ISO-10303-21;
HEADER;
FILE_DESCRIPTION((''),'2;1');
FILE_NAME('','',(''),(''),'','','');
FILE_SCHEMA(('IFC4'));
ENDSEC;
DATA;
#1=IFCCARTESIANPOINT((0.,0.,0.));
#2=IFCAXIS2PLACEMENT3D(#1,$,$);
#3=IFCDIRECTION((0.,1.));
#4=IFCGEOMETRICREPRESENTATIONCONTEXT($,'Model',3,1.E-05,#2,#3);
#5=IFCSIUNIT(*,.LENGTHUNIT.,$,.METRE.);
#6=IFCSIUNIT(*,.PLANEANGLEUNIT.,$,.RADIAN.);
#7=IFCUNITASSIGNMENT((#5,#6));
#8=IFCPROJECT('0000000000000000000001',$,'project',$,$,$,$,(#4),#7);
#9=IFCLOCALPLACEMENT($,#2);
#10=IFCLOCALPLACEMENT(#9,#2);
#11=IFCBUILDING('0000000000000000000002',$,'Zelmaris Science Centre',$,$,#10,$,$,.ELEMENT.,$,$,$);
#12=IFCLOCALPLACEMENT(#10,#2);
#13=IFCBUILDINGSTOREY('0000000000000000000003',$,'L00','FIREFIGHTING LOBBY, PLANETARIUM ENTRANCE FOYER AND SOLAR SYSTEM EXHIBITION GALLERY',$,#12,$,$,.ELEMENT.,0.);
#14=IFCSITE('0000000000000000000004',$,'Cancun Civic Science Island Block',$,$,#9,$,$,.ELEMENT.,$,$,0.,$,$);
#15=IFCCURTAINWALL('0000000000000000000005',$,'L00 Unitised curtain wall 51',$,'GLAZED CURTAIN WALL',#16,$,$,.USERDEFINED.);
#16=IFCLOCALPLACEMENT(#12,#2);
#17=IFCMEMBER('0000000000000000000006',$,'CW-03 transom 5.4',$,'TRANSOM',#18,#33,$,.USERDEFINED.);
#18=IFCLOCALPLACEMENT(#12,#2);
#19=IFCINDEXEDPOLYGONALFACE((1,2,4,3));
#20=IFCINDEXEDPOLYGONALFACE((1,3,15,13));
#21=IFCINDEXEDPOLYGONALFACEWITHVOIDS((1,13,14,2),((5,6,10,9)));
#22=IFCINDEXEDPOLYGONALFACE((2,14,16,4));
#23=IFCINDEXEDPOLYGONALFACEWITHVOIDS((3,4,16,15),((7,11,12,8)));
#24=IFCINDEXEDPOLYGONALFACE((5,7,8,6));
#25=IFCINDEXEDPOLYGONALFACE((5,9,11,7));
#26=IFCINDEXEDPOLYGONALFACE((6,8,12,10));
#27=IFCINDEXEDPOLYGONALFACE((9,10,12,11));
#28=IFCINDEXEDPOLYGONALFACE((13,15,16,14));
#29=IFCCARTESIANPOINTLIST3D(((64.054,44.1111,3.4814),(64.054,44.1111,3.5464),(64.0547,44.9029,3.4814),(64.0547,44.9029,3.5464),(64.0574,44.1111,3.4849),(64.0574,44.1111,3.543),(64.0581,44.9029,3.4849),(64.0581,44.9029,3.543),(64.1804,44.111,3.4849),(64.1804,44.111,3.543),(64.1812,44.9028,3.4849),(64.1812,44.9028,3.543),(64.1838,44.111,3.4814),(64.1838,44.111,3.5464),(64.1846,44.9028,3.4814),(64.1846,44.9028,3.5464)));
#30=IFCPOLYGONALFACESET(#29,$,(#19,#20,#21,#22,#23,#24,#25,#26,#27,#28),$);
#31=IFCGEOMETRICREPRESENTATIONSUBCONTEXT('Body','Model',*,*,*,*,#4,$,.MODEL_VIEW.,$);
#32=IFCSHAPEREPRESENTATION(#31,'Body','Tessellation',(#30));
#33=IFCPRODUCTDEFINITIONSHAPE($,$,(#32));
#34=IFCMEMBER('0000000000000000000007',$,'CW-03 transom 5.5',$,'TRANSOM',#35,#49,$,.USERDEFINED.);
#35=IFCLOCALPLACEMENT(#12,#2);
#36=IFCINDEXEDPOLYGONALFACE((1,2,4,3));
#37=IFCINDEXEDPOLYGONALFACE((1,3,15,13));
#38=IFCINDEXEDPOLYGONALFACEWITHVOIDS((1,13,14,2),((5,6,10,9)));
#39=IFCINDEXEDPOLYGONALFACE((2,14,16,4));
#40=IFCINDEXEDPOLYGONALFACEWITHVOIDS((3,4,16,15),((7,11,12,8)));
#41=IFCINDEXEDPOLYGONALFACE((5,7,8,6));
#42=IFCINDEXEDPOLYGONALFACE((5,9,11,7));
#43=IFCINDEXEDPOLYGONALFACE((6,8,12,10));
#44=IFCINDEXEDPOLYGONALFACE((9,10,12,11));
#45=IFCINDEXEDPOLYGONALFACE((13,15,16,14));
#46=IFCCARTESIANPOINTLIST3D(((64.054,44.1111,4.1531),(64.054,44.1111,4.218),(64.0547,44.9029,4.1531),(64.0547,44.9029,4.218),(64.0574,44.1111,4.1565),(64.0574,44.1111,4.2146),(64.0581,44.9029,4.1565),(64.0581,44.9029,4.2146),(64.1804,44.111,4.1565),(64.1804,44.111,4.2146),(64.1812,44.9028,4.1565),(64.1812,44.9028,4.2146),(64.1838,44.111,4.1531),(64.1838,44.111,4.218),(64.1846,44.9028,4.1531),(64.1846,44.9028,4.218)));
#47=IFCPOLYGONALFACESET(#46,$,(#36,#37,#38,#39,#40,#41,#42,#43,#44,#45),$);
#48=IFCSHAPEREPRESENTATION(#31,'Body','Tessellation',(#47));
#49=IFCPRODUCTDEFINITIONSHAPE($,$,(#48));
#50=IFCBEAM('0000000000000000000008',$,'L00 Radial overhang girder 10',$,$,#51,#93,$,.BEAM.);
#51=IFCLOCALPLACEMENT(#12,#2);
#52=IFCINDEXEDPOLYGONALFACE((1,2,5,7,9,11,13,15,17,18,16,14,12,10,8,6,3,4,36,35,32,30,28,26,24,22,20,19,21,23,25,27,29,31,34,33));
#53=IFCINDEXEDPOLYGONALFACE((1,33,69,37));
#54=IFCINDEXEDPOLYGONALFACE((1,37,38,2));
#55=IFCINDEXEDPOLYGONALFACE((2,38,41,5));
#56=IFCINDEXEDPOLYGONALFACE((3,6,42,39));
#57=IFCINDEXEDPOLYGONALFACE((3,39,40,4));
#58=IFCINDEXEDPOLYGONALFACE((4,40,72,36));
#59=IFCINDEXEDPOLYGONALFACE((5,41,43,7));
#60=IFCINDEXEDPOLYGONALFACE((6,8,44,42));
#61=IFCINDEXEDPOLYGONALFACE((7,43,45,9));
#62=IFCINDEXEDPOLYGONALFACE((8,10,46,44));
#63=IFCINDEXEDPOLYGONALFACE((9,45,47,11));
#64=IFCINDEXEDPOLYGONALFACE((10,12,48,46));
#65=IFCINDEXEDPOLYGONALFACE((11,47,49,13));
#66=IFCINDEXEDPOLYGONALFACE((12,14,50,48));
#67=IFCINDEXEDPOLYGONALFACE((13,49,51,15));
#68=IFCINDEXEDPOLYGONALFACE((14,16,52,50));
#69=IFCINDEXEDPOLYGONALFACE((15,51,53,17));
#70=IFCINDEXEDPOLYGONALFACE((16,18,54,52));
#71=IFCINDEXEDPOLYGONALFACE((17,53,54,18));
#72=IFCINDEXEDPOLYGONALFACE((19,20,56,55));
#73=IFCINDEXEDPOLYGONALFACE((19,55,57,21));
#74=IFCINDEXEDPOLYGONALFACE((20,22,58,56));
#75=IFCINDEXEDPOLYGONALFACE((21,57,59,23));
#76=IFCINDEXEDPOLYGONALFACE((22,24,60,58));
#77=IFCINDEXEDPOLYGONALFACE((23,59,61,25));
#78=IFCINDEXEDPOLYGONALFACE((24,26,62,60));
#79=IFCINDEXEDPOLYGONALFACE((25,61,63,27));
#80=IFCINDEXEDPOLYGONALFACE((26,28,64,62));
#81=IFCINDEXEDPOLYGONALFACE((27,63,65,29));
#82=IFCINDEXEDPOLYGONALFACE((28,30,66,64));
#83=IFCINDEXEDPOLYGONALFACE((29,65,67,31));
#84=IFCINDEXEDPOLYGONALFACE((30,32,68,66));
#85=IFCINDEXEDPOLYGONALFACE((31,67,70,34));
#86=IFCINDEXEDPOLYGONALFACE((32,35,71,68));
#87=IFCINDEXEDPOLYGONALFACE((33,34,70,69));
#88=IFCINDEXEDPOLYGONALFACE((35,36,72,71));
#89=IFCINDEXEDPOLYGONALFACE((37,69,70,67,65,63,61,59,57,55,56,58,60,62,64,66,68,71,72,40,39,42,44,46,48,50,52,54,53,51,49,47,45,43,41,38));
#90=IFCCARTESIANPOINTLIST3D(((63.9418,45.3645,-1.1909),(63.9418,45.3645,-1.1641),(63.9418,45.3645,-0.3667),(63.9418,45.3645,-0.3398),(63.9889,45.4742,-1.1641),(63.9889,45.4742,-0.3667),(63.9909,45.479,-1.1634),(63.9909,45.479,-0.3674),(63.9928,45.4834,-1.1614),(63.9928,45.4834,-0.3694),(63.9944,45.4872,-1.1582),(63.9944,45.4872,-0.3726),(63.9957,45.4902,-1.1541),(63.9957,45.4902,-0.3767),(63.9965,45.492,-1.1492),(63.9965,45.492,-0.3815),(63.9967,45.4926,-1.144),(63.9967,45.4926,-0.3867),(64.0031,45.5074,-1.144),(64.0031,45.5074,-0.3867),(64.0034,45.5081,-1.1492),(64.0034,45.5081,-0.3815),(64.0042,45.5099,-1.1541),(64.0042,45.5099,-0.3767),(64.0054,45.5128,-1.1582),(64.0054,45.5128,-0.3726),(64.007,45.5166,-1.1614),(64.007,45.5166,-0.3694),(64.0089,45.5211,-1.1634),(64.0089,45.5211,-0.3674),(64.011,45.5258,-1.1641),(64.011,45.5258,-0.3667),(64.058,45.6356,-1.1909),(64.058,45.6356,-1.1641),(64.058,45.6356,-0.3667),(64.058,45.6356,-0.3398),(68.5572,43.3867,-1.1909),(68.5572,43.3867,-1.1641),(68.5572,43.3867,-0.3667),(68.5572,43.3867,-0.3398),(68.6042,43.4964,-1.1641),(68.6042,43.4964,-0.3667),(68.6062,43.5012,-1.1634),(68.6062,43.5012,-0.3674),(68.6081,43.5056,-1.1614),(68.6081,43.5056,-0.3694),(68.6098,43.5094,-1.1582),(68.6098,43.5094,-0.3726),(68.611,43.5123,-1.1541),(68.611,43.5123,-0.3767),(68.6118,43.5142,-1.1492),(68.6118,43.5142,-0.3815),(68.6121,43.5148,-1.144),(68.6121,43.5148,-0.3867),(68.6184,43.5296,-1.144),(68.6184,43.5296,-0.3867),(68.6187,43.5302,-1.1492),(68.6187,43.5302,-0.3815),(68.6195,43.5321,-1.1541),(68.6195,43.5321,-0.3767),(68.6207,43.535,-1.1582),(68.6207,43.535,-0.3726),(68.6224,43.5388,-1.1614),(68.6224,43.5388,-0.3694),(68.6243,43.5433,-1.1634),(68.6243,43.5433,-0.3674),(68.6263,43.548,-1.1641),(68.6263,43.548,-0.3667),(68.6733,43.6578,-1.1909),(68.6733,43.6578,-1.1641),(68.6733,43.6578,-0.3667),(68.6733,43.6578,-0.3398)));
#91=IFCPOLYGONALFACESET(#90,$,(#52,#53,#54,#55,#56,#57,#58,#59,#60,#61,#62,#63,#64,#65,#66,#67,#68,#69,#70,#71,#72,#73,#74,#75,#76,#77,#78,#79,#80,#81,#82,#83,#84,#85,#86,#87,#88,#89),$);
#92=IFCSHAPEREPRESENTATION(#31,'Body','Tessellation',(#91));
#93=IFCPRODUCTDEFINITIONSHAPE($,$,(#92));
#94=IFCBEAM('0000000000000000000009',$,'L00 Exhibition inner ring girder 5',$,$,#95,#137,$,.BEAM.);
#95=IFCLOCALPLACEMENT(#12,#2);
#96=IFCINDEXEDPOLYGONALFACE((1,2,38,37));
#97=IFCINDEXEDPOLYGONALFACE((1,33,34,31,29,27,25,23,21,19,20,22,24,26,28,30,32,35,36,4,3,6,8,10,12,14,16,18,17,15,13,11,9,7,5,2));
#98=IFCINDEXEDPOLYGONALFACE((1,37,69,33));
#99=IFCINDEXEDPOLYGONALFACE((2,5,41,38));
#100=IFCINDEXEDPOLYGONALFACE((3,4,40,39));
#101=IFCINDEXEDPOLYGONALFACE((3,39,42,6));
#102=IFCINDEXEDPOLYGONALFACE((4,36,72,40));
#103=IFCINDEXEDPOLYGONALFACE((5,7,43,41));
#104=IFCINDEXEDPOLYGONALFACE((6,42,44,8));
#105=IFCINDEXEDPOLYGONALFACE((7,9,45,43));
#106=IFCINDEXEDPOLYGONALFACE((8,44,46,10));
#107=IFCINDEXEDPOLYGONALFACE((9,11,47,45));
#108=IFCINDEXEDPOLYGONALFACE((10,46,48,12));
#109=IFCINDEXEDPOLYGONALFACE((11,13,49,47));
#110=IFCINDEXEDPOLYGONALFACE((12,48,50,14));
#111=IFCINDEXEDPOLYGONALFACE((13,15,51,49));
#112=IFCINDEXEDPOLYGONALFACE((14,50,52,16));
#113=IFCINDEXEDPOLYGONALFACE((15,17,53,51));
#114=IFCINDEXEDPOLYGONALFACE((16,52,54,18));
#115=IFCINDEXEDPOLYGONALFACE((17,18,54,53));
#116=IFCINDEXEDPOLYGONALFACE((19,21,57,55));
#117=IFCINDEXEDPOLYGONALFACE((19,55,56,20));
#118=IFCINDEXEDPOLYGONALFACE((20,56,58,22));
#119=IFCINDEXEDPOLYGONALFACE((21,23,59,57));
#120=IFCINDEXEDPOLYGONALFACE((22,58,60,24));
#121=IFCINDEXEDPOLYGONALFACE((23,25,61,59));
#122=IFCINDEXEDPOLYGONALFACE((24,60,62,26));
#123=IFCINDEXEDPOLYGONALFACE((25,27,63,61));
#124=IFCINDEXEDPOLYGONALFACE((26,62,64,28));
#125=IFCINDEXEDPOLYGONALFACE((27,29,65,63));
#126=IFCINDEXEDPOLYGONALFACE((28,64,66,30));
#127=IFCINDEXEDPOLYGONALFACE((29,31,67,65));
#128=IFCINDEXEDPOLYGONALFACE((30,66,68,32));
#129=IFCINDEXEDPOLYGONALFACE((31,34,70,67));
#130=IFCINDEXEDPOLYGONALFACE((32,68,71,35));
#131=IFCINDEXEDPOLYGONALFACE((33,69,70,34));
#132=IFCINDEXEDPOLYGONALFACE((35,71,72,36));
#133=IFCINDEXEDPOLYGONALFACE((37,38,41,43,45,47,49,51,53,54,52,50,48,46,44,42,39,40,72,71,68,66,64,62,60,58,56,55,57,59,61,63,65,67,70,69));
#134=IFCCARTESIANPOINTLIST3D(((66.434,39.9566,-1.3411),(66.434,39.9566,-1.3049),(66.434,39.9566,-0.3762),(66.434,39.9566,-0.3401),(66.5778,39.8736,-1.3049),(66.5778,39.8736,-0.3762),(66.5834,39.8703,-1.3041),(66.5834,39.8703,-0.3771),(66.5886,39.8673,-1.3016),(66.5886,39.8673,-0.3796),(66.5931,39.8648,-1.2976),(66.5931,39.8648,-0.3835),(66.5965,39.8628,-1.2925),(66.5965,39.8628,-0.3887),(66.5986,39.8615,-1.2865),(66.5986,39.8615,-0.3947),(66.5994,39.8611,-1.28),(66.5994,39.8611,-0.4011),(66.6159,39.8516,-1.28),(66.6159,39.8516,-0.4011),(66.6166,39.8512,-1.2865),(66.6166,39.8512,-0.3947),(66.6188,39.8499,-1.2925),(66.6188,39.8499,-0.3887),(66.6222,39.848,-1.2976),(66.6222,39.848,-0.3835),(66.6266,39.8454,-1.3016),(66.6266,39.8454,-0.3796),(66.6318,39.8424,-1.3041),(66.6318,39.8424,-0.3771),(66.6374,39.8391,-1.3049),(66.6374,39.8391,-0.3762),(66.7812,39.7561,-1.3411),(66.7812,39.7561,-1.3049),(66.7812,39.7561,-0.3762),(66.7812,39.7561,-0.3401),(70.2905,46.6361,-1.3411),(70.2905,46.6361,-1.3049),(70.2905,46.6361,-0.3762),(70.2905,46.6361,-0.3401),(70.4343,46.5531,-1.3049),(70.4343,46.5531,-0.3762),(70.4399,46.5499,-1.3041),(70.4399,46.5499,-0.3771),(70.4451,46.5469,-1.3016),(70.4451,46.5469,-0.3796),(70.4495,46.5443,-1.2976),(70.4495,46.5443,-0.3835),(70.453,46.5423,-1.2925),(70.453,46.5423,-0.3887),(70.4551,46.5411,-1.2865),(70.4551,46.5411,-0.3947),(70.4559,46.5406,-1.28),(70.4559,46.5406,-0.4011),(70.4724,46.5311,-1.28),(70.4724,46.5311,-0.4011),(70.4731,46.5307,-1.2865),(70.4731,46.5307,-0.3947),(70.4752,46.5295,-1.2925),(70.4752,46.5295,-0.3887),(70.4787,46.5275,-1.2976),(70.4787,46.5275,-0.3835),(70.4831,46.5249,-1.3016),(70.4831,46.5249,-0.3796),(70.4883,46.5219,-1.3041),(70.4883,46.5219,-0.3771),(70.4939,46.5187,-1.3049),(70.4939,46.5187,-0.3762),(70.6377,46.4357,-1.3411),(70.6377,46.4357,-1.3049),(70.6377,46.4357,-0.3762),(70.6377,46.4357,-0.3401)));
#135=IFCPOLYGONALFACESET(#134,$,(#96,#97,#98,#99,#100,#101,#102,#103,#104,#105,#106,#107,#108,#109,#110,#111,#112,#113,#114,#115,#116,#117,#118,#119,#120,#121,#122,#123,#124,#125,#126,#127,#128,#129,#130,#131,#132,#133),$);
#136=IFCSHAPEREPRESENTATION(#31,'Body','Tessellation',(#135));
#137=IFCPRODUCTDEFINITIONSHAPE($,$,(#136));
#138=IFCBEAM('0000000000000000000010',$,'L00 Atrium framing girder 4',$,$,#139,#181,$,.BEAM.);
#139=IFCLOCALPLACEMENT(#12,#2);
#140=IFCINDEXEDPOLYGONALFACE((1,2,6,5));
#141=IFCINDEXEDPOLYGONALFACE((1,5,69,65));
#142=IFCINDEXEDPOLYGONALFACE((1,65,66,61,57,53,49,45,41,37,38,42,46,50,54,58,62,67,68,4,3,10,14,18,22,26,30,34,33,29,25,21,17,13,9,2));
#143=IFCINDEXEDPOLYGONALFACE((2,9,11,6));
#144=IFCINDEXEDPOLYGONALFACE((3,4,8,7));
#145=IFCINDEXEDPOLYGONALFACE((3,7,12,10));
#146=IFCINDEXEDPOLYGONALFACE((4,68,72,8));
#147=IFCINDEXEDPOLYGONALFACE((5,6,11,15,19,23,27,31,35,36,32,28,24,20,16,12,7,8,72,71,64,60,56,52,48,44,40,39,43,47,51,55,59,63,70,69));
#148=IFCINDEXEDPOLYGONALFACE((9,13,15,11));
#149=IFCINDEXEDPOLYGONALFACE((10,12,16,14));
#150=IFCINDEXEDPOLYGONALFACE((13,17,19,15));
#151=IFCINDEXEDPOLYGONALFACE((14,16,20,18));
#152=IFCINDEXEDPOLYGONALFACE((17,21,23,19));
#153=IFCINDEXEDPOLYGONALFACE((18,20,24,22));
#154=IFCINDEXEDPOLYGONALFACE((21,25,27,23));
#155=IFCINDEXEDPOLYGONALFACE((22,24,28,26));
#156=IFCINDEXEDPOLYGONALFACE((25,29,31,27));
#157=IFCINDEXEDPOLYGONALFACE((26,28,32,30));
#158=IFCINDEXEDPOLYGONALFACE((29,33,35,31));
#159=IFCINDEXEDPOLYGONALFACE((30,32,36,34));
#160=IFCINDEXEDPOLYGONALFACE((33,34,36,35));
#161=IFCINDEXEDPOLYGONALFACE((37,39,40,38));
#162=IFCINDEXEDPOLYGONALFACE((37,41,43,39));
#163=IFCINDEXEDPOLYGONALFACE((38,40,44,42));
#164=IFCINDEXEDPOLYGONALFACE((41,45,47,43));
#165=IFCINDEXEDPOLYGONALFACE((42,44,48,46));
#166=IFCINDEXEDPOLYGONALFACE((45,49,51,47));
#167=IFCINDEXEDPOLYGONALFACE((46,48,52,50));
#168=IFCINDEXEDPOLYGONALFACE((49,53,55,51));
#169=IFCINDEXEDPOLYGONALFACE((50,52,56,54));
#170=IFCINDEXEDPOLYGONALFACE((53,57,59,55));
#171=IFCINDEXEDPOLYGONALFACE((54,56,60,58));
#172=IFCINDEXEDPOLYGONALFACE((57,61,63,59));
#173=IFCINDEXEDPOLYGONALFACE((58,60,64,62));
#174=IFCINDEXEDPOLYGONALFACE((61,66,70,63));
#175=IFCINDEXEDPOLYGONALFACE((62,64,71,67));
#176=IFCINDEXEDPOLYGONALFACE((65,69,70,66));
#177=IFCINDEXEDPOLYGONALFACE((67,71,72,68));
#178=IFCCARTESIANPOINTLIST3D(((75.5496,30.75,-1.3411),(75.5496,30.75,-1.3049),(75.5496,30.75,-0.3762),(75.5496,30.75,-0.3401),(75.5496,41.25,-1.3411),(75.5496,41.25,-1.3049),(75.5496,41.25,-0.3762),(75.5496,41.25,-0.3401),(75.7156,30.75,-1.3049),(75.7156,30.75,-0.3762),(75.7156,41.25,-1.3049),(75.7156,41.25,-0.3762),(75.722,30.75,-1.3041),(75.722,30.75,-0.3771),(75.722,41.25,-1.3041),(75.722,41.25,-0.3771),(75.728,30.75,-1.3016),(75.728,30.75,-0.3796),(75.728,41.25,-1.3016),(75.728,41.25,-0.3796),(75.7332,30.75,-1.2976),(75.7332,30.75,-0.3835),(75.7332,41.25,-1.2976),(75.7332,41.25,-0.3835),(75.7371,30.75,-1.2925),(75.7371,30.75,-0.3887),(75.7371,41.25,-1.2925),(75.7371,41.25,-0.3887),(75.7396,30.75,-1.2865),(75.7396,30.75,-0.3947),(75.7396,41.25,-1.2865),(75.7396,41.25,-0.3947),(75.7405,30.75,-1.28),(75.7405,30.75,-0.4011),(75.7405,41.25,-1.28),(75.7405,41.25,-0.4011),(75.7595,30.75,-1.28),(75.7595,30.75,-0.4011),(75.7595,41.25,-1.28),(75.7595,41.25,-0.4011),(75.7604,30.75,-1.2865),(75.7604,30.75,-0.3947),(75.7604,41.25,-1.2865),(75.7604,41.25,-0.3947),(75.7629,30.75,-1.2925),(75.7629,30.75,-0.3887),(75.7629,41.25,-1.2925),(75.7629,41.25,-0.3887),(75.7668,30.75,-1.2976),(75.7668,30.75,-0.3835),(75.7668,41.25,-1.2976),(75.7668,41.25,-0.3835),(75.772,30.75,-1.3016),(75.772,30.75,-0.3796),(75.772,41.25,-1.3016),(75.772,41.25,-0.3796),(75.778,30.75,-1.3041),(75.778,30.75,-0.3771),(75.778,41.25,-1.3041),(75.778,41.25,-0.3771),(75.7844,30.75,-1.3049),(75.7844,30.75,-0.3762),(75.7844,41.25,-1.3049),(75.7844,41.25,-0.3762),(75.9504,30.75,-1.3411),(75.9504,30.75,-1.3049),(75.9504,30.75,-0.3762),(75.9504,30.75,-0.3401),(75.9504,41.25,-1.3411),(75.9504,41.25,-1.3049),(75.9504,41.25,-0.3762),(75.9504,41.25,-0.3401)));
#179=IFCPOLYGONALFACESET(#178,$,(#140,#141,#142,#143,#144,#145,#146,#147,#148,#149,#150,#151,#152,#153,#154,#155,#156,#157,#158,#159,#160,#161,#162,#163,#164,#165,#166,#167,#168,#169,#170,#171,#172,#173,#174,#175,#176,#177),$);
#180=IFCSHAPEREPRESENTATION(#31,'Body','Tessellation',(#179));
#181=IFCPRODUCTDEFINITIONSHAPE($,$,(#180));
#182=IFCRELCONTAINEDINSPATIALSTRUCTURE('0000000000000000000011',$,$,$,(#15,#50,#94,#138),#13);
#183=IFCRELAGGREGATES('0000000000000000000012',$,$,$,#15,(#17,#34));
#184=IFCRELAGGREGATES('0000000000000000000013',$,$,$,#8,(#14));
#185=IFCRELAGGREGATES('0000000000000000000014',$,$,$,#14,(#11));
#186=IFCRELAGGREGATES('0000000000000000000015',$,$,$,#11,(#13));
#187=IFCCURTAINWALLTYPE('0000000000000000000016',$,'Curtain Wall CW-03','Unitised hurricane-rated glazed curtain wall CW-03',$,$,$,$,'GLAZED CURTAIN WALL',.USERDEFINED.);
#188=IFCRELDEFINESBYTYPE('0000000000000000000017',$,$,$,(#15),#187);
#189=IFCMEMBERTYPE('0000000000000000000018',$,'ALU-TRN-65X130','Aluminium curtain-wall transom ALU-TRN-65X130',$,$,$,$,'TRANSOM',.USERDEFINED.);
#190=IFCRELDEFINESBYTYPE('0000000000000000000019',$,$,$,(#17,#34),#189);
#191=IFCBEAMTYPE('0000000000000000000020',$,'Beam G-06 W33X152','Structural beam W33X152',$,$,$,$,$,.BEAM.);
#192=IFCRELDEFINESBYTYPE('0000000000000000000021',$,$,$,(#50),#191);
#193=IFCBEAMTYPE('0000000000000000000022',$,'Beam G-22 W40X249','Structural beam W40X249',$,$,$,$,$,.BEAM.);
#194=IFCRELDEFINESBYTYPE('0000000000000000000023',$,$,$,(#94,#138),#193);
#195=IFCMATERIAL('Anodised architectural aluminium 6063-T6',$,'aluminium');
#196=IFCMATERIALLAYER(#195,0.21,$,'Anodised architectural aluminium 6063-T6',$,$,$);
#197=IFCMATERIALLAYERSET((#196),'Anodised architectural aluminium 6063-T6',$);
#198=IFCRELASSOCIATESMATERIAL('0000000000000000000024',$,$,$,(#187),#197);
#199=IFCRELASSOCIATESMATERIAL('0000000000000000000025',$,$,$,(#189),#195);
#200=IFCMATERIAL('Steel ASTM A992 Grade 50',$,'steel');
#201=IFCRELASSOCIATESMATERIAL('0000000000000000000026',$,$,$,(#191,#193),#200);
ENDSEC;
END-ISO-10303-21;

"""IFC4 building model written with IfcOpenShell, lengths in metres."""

from ifc_helpers import new_model, si_unit, direction, frame, origin, origin_2d, place, context, subcontext, project, spatial, hollow_rectangle, i_section, extrude, material, layer, layer_set, material_profile, profile_set, type_object, element, aggregate, save


model = new_model("IFC4")

# Units and contexts
model_context = context("Model", 3, precision=1e-05, world=origin(), true_north=direction((0.0, 1.0)))
body_context = subcontext(model_context, "Body", "Model", "MODEL_VIEW")
ifc_project = project(units=[si_unit("LENGTHUNIT", "METRE"), si_unit("PLANEANGLEUNIT", "RADIAN")], contexts=[model_context])

# Site, building, storey
site_placement = place(None, origin())
site = spatial("IfcSite", under=ifc_project, at=site_placement, Name="Cancun Civic Science Island Block", CompositionType="ELEMENT", RefElevation=0.0)
building_placement = place(site_placement, origin())
building = spatial("IfcBuilding", under=site, at=building_placement, Name="Zelmaris Science Centre", CompositionType="ELEMENT")
storey_placement = place(building_placement, origin())
storey = spatial("IfcBuildingStorey", under=building, at=storey_placement, Name="L00", Description="FIREFIGHTING LOBBY, PLANETARIUM ENTRANCE FOYER AND SOLAR SYSTEM EXHIBITION GALLERY", CompositionType="ELEMENT", Elevation=0.0)

# Shared definitions
ifc_material_1 = material(Name="Steel ASTM A992 Grade 50", Category="steel")

# Shared definitions
ifc_material_2 = material(Name="Anodised architectural aluminium 6063-T6", Category="aluminium")

# Curtain wall
ifc_layer_1 = layer(ifc_material_2, 0.21, Name="Anodised architectural aluminium 6063-T6")
ifc_layer_set_1 = layer_set([ifc_layer_1], Name="Anodised architectural aluminium 6063-T6")
curtain_wall_type_1 = type_object("IfcCurtainWallType", Name="Curtain Wall CW-03", Description="Unitised hurricane-rated glazed curtain wall CW-03", ElementType="GLAZED CURTAIN WALL", PredefinedType="USERDEFINED", material=ifc_layer_set_1)
curtain_wall_1_placement = place(storey_placement, origin())
curtain_wall_1 = element("IfcCurtainWall", 1, at=curtain_wall_1_placement, inside=storey, type_object=curtain_wall_type_1, Name="L00 Unitised curtain wall 51", ObjectType="GLAZED CURTAIN WALL", PredefinedType="USERDEFINED")

# Members
ifc_material_profile_1 = material_profile(ifc_material_2, hollow_rectangle(XDim=0.0649, YDim=0.1299, WallThickness=0.0034, at=origin_2d()), Name="ALU-TRN-65X130")
ifc_profile_set_1 = profile_set([ifc_material_profile_1], Name="Anodised architectural aluminium 6063-T6")
member_type_1 = type_object("IfcMemberType", Name="ALU-TRN-65X130", Description="Aluminium curtain-wall transom ALU-TRN-65X130", ElementType="TRANSOM", PredefinedType="USERDEFINED", material=ifc_profile_set_1)
member_1_placement = place(storey_placement, frame((64.1189, 44.1111, 3.5139), z_axis=(0.000925, 1.0, 0.0), x_axis=(0.0, 0.0, 1.0)))
member_1 = element("IfcMember", 2, at=member_1_placement, type_object=member_type_1, Name="CW-03 transom 5.4", ObjectType="TRANSOM", PredefinedType="USERDEFINED", context=body_context, shape_type="SweptSolid", body=[
    extrude(hollow_rectangle(XDim=0.0649, YDim=0.1299, WallThickness=0.0034, at=origin_2d()), origin(), (0.0, 0.0, 1.0), 0.7917),
])
member_2_placement = place(storey_placement, frame((64.1189, 44.1111, 4.1855), z_axis=(0.000925, 1.0, 0.0), x_axis=(0.0, 0.0, 1.0)))
member_2 = element("IfcMember", 3, at=member_2_placement, type_object=member_type_1, Name="CW-03 transom 5.5", ObjectType="TRANSOM", PredefinedType="USERDEFINED", context=body_context, shape_type="SweptSolid", body=[
    extrude(hollow_rectangle(XDim=0.0649, YDim=0.1299, WallThickness=0.0034, at=origin_2d()), origin(), (0.0, 0.0, 1.0), 0.7917),
])

# Beams
ifc_material_profile_2 = material_profile(ifc_material_1, i_section(OverallWidth=0.2949, OverallDepth=0.8511, WebThickness=0.0161, FlangeThickness=0.0269, FilletRadius=0.02, at=origin_2d()), Name="W33X152")
ifc_profile_set_2 = profile_set([ifc_material_profile_2], Name="Steel ASTM A992 Grade 50")
beam_type_1 = type_object("IfcBeamType", Name="Beam G-06 W33X152", Description="Structural beam W33X152", PredefinedType="BEAM", material=ifc_profile_set_2)
beam_1_placement = place(storey_placement, frame((68.6152, 43.5222, -0.7654), z_axis=(-0.919158, 0.39389, 0.0), x_axis=(-0.39389, -0.919158, 0.0)))
element("IfcBeam", 4, at=beam_1_placement, inside=storey, type_object=beam_type_1, Name="L00 Radial overhang girder 10", PredefinedType="BEAM", context=body_context, shape_type="SweptSolid", body=[
    extrude(i_section(OverallWidth=0.2949, OverallDepth=0.8511, WebThickness=0.0161, FlangeThickness=0.0269, FilletRadius=0.02, at=origin_2d()), origin(), (0.0, 0.0, 1.0), 5.0212),
])
ifc_material_profile_3 = material_profile(ifc_material_1, i_section(OverallWidth=0.4009, OverallDepth=1.001, WebThickness=0.019, FlangeThickness=0.0361, FilletRadius=0.0249, at=origin_2d()), Name="W40X249")
ifc_profile_set_3 = profile_set([ifc_material_profile_3], Name="Steel ASTM A992 Grade 50")
beam_type_2 = type_object("IfcBeamType", Name="Beam G-22 W40X249", Description="Structural beam W40X249", PredefinedType="BEAM", material=ifc_profile_set_3)
beam_2_placement = place(storey_placement, frame((70.4641, 46.5359, -0.8406), z_axis=(-0.500007, -0.866022, 0.0), x_axis=(0.866022, -0.500007, 0.0)))
element("IfcBeam", 5, at=beam_2_placement, inside=storey, type_object=beam_type_2, Name="L00 Exhibition inner ring girder 5", PredefinedType="BEAM", context=body_context, shape_type="SweptSolid", body=[
    extrude(i_section(OverallWidth=0.4009, OverallDepth=1.001, WebThickness=0.019, FlangeThickness=0.0361, FilletRadius=0.0249, at=origin_2d()), origin(), (0.0, 0.0, 1.0), 7.7129),
])
beam_3_placement = place(storey_placement, frame((75.75, 41.25, -0.8406), z_axis=(0.0, -1.0, 0.0), x_axis=(1.0, 0.0, 0.0)))
element("IfcBeam", 6, at=beam_3_placement, inside=storey, type_object=beam_type_2, Name="L00 Atrium framing girder 4", PredefinedType="BEAM", context=body_context, shape_type="SweptSolid", body=[
    extrude(i_section(OverallWidth=0.4009, OverallDepth=1.001, WebThickness=0.019, FlangeThickness=0.0361, FilletRadius=0.0249, at=origin_2d()), origin(), (0.0, 0.0, 1.0), 10.5),
])

aggregate(curtain_wall_1, [member_1, member_2])

save(model, "model.ifc")
